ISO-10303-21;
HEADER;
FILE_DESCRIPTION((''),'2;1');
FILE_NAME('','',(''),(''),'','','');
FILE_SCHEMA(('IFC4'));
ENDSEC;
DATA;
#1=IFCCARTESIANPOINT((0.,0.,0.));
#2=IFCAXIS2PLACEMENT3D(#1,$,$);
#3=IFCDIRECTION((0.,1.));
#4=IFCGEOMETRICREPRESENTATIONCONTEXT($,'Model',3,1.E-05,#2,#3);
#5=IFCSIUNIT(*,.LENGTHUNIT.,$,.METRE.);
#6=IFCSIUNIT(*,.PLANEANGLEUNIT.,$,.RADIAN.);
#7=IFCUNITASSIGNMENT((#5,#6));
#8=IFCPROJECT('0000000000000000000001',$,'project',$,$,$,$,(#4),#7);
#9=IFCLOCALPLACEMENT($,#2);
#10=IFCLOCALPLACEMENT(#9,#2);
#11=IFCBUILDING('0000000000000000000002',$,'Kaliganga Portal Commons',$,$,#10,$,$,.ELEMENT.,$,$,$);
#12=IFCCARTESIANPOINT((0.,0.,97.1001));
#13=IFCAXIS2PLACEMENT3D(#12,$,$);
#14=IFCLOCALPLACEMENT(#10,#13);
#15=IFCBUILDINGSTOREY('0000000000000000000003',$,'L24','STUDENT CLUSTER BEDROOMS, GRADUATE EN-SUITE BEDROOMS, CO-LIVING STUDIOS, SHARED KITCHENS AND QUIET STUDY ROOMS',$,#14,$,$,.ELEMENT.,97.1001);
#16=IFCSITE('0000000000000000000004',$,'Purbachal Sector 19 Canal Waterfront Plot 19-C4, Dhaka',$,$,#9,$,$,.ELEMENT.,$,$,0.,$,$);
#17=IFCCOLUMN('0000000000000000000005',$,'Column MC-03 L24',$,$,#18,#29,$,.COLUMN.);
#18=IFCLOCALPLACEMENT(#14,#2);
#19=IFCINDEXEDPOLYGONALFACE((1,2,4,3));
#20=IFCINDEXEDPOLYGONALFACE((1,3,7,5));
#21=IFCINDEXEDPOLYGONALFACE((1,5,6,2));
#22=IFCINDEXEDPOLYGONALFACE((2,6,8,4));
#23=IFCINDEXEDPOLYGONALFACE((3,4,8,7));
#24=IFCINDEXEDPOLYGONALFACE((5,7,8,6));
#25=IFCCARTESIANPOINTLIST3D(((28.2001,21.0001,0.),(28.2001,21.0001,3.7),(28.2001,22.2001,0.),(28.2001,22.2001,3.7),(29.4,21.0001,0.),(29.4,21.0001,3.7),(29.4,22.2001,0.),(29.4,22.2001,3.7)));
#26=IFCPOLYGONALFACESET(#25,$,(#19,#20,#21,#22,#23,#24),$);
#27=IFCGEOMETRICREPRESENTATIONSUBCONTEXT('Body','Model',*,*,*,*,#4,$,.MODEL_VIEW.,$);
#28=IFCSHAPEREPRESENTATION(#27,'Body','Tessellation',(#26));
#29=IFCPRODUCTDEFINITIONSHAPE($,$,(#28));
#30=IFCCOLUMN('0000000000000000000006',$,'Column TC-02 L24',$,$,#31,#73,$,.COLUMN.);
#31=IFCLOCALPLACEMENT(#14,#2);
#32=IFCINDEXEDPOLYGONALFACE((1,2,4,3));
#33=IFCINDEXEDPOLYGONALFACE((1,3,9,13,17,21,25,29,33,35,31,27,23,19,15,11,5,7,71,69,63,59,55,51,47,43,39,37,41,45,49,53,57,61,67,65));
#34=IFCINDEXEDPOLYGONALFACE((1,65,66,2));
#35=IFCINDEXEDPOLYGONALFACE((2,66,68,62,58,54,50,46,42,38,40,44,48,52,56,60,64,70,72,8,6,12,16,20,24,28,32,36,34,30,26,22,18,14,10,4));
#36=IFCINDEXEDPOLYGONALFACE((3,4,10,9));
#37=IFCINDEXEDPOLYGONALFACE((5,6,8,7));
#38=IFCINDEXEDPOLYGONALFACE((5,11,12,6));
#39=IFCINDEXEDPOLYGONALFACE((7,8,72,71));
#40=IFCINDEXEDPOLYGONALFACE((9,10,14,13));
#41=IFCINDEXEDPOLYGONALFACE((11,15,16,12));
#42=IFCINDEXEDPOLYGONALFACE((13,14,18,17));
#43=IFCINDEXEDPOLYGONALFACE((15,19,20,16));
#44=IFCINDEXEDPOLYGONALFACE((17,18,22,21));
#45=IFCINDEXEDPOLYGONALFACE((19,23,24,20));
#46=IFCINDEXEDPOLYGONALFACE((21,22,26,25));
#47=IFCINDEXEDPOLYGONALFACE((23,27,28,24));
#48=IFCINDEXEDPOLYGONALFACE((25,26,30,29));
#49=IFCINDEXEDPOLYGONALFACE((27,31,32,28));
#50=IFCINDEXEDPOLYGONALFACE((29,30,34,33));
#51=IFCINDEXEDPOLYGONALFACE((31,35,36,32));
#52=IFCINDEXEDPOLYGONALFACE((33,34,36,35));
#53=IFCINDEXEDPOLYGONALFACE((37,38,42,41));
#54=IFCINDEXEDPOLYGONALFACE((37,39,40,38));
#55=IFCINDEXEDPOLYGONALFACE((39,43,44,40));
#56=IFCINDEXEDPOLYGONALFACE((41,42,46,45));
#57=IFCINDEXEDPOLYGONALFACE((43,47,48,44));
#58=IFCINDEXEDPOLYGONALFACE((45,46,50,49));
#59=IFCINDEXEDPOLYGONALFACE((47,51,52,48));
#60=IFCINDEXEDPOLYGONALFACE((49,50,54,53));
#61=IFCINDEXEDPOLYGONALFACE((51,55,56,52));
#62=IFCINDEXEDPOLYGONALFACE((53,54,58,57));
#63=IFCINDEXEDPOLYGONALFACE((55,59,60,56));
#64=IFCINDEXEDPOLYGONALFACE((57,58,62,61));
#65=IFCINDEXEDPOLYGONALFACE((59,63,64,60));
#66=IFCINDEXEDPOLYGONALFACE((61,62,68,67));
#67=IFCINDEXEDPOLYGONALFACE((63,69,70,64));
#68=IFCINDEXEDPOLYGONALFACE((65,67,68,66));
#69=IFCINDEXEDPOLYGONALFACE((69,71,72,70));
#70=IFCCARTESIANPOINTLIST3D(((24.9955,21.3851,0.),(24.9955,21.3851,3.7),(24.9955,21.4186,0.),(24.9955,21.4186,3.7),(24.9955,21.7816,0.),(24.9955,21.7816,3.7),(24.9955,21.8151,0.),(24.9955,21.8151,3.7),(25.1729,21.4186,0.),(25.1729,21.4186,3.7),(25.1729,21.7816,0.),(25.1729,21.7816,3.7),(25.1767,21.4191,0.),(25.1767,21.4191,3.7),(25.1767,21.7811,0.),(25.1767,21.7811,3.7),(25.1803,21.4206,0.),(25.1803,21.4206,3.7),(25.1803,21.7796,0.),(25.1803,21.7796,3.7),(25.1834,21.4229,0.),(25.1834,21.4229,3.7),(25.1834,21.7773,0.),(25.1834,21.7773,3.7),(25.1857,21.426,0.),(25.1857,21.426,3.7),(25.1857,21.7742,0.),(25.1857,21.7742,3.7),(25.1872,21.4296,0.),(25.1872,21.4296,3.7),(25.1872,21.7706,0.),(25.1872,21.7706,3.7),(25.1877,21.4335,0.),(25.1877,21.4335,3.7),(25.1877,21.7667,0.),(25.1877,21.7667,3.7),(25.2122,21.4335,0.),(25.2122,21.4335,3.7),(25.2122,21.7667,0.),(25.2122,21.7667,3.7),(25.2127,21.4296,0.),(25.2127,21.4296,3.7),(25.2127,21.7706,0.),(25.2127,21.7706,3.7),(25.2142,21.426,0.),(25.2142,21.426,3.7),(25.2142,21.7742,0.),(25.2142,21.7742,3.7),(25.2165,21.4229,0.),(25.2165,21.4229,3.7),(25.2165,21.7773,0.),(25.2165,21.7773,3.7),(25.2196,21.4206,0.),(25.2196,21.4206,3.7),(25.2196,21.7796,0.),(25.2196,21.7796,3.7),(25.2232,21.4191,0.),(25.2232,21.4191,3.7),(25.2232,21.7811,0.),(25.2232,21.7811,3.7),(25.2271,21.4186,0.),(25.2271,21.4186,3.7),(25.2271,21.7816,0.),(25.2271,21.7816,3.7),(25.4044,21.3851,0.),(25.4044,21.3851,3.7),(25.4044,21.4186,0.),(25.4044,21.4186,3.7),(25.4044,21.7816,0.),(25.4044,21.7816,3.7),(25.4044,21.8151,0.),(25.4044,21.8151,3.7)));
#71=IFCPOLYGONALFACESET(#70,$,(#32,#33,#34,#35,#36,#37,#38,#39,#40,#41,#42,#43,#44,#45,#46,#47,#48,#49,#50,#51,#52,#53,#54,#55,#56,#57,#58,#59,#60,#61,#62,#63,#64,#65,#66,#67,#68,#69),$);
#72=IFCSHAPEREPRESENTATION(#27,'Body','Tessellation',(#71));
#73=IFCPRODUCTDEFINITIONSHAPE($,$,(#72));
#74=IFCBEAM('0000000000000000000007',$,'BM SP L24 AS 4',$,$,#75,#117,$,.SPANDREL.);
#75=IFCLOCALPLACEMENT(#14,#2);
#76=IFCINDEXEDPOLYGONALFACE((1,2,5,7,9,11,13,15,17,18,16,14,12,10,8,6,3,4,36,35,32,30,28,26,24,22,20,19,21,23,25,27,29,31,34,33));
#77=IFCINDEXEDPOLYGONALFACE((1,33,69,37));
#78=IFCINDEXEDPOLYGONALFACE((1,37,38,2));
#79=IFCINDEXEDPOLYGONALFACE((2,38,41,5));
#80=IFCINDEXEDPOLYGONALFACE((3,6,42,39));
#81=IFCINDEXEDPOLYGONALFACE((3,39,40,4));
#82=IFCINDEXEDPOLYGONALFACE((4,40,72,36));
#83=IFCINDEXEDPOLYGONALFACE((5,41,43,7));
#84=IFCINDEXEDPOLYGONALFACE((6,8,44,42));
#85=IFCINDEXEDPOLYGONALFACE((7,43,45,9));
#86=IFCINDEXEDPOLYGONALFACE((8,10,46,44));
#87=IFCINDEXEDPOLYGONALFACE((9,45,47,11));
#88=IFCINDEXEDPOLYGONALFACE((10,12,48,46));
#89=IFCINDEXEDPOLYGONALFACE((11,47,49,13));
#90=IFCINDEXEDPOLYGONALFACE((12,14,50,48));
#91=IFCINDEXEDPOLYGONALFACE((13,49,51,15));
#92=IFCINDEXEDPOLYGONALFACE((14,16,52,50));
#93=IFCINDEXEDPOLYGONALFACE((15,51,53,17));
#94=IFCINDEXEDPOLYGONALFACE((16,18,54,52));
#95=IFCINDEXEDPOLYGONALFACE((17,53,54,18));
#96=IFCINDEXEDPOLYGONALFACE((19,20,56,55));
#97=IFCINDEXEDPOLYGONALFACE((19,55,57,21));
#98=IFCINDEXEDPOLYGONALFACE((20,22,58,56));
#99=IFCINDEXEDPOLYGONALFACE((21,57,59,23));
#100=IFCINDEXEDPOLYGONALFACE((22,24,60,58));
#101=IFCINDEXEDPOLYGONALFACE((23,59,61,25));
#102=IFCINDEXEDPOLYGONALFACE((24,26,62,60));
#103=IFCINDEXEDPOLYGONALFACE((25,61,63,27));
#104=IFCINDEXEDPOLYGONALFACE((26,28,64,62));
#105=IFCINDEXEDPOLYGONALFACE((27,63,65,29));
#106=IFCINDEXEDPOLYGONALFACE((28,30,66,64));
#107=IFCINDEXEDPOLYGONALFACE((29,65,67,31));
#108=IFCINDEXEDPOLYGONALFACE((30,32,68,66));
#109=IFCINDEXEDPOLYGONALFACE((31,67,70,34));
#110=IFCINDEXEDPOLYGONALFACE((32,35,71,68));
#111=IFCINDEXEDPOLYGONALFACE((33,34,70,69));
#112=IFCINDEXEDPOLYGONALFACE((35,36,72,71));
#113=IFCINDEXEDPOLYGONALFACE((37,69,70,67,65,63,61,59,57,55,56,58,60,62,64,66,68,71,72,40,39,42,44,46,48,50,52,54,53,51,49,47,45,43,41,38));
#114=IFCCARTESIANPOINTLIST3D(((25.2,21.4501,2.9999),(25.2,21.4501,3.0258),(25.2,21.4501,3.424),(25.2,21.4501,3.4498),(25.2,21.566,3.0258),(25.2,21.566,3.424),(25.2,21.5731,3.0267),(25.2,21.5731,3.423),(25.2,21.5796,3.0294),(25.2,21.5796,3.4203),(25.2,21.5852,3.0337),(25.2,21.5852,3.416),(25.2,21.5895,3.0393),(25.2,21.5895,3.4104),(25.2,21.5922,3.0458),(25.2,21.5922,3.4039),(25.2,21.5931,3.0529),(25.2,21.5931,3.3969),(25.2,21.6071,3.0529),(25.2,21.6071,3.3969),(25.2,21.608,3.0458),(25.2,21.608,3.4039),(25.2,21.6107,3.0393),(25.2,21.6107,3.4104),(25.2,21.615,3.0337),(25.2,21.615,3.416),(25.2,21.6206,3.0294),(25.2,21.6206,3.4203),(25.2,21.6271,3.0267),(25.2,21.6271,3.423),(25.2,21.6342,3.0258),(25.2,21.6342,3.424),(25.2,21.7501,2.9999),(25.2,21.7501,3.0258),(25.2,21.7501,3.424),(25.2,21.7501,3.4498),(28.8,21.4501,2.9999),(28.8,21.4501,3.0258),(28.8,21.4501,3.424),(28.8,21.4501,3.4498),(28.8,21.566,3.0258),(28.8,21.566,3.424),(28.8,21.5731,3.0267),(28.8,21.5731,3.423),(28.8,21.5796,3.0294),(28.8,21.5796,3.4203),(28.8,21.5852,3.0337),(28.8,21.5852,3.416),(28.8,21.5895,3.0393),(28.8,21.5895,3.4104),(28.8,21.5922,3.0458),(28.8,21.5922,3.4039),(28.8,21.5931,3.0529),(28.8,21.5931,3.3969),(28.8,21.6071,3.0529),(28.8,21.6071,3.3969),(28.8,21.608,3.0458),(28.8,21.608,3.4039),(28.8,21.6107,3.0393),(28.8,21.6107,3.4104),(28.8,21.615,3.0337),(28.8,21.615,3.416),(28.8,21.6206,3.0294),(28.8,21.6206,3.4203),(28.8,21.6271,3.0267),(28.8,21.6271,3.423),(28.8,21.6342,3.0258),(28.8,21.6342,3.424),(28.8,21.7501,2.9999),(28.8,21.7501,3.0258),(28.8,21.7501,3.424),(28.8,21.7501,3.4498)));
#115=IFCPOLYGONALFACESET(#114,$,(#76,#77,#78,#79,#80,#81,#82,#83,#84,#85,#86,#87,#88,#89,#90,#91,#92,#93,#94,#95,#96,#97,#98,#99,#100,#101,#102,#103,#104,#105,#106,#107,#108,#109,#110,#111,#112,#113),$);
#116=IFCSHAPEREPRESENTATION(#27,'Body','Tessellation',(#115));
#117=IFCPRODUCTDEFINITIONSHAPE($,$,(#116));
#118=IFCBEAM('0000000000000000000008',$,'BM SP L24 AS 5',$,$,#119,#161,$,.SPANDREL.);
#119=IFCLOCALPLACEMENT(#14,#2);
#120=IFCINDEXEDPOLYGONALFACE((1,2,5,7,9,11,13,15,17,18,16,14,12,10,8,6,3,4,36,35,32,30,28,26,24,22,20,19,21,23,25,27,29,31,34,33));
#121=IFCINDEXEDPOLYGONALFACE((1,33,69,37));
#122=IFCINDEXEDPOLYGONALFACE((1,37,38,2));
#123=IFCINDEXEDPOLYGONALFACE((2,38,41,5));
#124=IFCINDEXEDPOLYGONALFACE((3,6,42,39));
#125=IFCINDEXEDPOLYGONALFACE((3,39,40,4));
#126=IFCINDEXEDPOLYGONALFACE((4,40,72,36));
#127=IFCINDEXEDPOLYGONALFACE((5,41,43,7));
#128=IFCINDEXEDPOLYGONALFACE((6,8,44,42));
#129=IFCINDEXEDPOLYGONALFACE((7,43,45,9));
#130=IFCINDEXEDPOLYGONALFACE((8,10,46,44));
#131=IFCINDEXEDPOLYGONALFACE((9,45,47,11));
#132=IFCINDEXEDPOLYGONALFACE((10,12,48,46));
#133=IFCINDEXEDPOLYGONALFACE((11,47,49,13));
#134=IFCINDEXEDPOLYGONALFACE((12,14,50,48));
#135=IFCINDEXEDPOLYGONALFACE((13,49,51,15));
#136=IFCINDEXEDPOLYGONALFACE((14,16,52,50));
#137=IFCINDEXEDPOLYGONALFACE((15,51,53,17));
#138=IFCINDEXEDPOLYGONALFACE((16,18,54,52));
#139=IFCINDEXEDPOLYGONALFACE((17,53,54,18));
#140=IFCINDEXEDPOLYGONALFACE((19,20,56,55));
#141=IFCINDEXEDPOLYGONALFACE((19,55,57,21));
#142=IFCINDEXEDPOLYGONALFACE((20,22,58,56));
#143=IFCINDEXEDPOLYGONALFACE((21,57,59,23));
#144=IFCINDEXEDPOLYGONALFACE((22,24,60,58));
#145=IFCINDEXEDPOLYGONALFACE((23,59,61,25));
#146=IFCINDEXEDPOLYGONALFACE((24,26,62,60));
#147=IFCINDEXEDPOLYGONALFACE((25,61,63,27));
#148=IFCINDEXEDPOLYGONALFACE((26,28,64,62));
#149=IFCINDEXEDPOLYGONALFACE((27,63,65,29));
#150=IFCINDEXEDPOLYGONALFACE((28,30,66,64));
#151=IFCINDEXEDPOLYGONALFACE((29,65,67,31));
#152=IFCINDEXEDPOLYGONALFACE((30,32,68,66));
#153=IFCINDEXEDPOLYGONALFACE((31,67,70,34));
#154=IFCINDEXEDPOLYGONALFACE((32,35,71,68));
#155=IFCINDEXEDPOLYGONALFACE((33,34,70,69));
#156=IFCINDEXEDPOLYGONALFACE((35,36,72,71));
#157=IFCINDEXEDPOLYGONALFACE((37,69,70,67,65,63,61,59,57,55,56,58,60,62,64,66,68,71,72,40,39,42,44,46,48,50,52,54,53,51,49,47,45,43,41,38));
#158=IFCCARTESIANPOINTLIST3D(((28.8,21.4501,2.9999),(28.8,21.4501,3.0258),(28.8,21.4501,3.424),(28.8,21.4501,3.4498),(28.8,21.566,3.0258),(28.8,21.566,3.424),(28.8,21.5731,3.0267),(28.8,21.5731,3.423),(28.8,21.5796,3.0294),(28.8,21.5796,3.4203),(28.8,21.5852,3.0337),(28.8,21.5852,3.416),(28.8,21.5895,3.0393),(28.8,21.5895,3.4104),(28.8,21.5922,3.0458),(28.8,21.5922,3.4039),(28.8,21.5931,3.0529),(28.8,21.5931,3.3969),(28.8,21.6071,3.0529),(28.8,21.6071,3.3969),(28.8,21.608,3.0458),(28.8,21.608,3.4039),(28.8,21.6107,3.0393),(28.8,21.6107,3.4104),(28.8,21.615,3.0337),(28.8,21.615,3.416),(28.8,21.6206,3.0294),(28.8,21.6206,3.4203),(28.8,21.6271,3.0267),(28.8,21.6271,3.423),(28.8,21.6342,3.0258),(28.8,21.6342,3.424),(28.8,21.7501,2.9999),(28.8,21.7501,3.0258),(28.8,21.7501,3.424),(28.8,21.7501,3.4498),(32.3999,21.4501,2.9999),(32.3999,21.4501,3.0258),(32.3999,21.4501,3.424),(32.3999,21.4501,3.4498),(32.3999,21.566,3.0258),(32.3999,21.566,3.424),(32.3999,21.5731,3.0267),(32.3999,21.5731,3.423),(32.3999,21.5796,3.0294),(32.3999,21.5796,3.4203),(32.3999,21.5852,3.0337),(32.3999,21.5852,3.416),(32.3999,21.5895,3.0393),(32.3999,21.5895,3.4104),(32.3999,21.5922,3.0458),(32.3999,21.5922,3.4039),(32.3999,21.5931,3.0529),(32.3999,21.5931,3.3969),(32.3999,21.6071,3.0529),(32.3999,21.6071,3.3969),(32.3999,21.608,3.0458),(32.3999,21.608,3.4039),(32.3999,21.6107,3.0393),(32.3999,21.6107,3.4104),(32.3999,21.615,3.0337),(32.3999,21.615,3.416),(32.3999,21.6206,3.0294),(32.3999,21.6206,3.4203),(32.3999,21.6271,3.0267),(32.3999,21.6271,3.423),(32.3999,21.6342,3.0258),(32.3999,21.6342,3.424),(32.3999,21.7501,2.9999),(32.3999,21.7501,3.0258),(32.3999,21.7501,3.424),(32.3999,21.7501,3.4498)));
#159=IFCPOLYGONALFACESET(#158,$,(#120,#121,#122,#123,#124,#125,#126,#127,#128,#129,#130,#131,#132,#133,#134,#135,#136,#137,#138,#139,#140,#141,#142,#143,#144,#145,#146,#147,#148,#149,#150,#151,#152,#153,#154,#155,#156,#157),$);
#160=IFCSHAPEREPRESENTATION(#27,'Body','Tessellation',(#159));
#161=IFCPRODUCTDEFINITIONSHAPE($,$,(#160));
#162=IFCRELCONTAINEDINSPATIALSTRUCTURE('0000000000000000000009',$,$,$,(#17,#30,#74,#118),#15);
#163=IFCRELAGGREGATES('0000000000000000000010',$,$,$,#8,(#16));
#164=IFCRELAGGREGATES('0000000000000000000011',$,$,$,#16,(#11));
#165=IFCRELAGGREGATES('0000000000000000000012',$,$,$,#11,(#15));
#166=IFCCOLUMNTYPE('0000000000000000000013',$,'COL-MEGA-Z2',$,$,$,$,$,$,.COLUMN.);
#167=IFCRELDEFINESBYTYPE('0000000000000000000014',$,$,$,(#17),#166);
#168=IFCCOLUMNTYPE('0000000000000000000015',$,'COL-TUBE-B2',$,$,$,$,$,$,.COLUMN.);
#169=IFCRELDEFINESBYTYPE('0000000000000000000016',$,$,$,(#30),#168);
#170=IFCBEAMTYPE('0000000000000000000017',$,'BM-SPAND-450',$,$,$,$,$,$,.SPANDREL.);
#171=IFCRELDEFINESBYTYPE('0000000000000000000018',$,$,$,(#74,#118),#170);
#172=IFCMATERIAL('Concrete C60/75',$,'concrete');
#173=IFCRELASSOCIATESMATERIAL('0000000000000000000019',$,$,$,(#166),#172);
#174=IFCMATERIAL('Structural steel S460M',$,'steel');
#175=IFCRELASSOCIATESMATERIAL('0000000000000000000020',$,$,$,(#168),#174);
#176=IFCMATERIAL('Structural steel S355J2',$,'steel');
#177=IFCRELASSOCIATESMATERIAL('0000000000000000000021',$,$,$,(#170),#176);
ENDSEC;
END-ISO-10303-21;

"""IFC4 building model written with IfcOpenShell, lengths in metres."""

from ifc_helpers import new_model, si_unit, direction, frame, origin, origin_2d, place, context, subcontext, project, spatial, rectangle, i_section, extrude, source, transform, mapped, material, material_profile, profile_set, type_object, element, save


model = new_model("IFC4")

# Units and contexts
model_context = context("Model", 3, precision=1e-05, world=origin(), true_north=direction((0.0, 1.0)))
body_context = subcontext(model_context, "Body", "Model", "MODEL_VIEW")
ifc_project = project(units=[si_unit("LENGTHUNIT", "METRE"), si_unit("PLANEANGLEUNIT", "RADIAN")], contexts=[model_context])

# Site, building, storey
site_placement = place(None, origin())
site = spatial("IfcSite", under=ifc_project, at=site_placement, Name="Purbachal Sector 19 Canal Waterfront Plot 19-C4, Dhaka", CompositionType="ELEMENT", RefElevation=0.0)
building_placement = place(site_placement, origin())
building = spatial("IfcBuilding", under=site, at=building_placement, Name="Kaliganga Portal Commons", CompositionType="ELEMENT")
storey_placement = place(building_placement, frame((0.0, 0.0, 97.1001)))
storey = spatial("IfcBuildingStorey", under=building, at=storey_placement, Name="L24", Description="STUDENT CLUSTER BEDROOMS, GRADUATE EN-SUITE BEDROOMS, CO-LIVING STUDIOS, SHARED KITCHENS AND QUIET STUDY ROOMS", CompositionType="ELEMENT", Elevation=97.1001)

# Columns
ifc_material_1 = material(Name="Concrete C60/75", Category="concrete")
ifc_material_profile_1 = material_profile(ifc_material_1, rectangle(XDim=1.2, YDim=1.2, at=origin_2d()), Name="RC 1200x1200")
ifc_profile_set_1 = profile_set([ifc_material_profile_1], Name="Concrete C60/75")
column_type_1 = type_object("IfcColumnType", Name="COL-MEGA-Z2", PredefinedType="COLUMN", material=ifc_profile_set_1)
shared_shape_1 = source(origin(), body_context, "Body", "SweptSolid", [
    extrude(rectangle(XDim=1.2, YDim=1.2, at=origin_2d()), origin(), (0.0, 0.0, 1.0), 3.7),
])
column_1_placement = place(storey_placement, frame((28.8, 21.6001, 0.0), z_axis=(0.0, 0.0, 1.0), x_axis=(1.0, 0.0, 0.0)))
element("IfcColumn", 1, at=column_1_placement, inside=storey, type_object=column_type_1, Name="Column MC-03 L24", PredefinedType="COLUMN", context=body_context, shape_type="MappedRepresentation", body=[
    mapped(shared_shape_1, transform((0.0, 0.0, 0.0), x_axis=(1.0, 0.0, 0.0), y_axis=(0.0, 1.0, 0.0), z_axis=(0.0, 0.0, 1.0), scale=1.0)),
])
ifc_material_2 = material(Name="Structural steel S460M", Category="steel")
ifc_material_profile_2 = material_profile(ifc_material_2, i_section(OverallWidth=0.4089, OverallDepth=0.4299, WebThickness=0.0244, FlangeThickness=0.0334, FilletRadius=0.0149, at=origin_2d()), Name="HD 400x421")
ifc_profile_set_2 = profile_set([ifc_material_profile_2], Name="Structural steel S460M wide-flange")
column_type_2 = type_object("IfcColumnType", Name="COL-TUBE-B2", PredefinedType="COLUMN", material=ifc_profile_set_2)
shared_shape_2 = source(origin(), body_context, "Body", "SweptSolid", [
    extrude(i_section(OverallWidth=0.4089, OverallDepth=0.4299, WebThickness=0.0244, FlangeThickness=0.0334, FilletRadius=0.0149, at=origin_2d()), origin(), (0.0, 0.0, 1.0), 3.7),
])
column_2_placement = place(storey_placement, frame((25.2, 21.6001, 0.0), z_axis=(0.0, 0.0, 1.0), x_axis=(1.0, 0.0, 0.0)))
element("IfcColumn", 2, at=column_2_placement, inside=storey, type_object=column_type_2, Name="Column TC-02 L24", PredefinedType="COLUMN", context=body_context, shape_type="MappedRepresentation", body=[
    mapped(shared_shape_2, transform((0.0, 0.0, 0.0), x_axis=(1.0, 0.0, 0.0), y_axis=(0.0, 1.0, 0.0), z_axis=(0.0, 0.0, 1.0), scale=1.0)),
])

# Beams
ifc_material_3 = material(Name="Structural steel S355J2", Category="steel")
ifc_material_profile_3 = material_profile(ifc_material_3, i_section(OverallWidth=0.3, OverallDepth=0.45, WebThickness=0.0139, FlangeThickness=0.0259, FilletRadius=0.0271, at=origin_2d()), Name="HE 450 B")
ifc_profile_set_3 = profile_set([ifc_material_profile_3], Name="Structural steel S355J2 wide-flange")
beam_type_1 = type_object("IfcBeamType", Name="BM-SPAND-450", PredefinedType="SPANDREL", material=ifc_profile_set_3)
shared_shape_3 = source(origin(), body_context, "Body", "SweptSolid", [
    extrude(i_section(OverallWidth=0.3, OverallDepth=0.45, WebThickness=0.0139, FlangeThickness=0.0259, FilletRadius=0.0271, at=origin_2d()), origin(), (0.0, 0.0, 1.0), 3.6001),
])
beam_1_placement = place(storey_placement, frame((25.2, 21.6001, 3.2249), z_axis=(1.0, 0.0, 0.0), x_axis=(0.0, 1.0, 0.0)))
element("IfcBeam", 3, at=beam_1_placement, inside=storey, type_object=beam_type_1, Name="BM SP L24 AS 4", PredefinedType="SPANDREL", context=body_context, shape_type="MappedRepresentation", body=[
    mapped(shared_shape_3, transform((0.0, 0.0, 0.0), x_axis=(1.0, 0.0, 0.0), y_axis=(0.0, 1.0, 0.0), z_axis=(0.0, 0.0, 1.0), scale=1.0)),
])
shared_shape_4 = source(origin(), body_context, "Body", "SweptSolid", [
    extrude(i_section(OverallWidth=0.3, OverallDepth=0.45, WebThickness=0.0139, FlangeThickness=0.0259, FilletRadius=0.0271, at=origin_2d()), origin(), (0.0, 0.0, 1.0), 3.5999),
])
beam_2_placement = place(storey_placement, frame((28.8, 21.6001, 3.2249), z_axis=(1.0, 0.0, 0.0), x_axis=(0.0, 1.0, 0.0)))
element("IfcBeam", 4, at=beam_2_placement, inside=storey, type_object=beam_type_1, Name="BM SP L24 AS 5", PredefinedType="SPANDREL", context=body_context, shape_type="MappedRepresentation", body=[
    mapped(shared_shape_4, transform((0.0, 0.0, 0.0), x_axis=(1.0, 0.0, 0.0), y_axis=(0.0, 1.0, 0.0), z_axis=(0.0, 0.0, 1.0), scale=1.0)),
])

save(model, "model.ifc")
